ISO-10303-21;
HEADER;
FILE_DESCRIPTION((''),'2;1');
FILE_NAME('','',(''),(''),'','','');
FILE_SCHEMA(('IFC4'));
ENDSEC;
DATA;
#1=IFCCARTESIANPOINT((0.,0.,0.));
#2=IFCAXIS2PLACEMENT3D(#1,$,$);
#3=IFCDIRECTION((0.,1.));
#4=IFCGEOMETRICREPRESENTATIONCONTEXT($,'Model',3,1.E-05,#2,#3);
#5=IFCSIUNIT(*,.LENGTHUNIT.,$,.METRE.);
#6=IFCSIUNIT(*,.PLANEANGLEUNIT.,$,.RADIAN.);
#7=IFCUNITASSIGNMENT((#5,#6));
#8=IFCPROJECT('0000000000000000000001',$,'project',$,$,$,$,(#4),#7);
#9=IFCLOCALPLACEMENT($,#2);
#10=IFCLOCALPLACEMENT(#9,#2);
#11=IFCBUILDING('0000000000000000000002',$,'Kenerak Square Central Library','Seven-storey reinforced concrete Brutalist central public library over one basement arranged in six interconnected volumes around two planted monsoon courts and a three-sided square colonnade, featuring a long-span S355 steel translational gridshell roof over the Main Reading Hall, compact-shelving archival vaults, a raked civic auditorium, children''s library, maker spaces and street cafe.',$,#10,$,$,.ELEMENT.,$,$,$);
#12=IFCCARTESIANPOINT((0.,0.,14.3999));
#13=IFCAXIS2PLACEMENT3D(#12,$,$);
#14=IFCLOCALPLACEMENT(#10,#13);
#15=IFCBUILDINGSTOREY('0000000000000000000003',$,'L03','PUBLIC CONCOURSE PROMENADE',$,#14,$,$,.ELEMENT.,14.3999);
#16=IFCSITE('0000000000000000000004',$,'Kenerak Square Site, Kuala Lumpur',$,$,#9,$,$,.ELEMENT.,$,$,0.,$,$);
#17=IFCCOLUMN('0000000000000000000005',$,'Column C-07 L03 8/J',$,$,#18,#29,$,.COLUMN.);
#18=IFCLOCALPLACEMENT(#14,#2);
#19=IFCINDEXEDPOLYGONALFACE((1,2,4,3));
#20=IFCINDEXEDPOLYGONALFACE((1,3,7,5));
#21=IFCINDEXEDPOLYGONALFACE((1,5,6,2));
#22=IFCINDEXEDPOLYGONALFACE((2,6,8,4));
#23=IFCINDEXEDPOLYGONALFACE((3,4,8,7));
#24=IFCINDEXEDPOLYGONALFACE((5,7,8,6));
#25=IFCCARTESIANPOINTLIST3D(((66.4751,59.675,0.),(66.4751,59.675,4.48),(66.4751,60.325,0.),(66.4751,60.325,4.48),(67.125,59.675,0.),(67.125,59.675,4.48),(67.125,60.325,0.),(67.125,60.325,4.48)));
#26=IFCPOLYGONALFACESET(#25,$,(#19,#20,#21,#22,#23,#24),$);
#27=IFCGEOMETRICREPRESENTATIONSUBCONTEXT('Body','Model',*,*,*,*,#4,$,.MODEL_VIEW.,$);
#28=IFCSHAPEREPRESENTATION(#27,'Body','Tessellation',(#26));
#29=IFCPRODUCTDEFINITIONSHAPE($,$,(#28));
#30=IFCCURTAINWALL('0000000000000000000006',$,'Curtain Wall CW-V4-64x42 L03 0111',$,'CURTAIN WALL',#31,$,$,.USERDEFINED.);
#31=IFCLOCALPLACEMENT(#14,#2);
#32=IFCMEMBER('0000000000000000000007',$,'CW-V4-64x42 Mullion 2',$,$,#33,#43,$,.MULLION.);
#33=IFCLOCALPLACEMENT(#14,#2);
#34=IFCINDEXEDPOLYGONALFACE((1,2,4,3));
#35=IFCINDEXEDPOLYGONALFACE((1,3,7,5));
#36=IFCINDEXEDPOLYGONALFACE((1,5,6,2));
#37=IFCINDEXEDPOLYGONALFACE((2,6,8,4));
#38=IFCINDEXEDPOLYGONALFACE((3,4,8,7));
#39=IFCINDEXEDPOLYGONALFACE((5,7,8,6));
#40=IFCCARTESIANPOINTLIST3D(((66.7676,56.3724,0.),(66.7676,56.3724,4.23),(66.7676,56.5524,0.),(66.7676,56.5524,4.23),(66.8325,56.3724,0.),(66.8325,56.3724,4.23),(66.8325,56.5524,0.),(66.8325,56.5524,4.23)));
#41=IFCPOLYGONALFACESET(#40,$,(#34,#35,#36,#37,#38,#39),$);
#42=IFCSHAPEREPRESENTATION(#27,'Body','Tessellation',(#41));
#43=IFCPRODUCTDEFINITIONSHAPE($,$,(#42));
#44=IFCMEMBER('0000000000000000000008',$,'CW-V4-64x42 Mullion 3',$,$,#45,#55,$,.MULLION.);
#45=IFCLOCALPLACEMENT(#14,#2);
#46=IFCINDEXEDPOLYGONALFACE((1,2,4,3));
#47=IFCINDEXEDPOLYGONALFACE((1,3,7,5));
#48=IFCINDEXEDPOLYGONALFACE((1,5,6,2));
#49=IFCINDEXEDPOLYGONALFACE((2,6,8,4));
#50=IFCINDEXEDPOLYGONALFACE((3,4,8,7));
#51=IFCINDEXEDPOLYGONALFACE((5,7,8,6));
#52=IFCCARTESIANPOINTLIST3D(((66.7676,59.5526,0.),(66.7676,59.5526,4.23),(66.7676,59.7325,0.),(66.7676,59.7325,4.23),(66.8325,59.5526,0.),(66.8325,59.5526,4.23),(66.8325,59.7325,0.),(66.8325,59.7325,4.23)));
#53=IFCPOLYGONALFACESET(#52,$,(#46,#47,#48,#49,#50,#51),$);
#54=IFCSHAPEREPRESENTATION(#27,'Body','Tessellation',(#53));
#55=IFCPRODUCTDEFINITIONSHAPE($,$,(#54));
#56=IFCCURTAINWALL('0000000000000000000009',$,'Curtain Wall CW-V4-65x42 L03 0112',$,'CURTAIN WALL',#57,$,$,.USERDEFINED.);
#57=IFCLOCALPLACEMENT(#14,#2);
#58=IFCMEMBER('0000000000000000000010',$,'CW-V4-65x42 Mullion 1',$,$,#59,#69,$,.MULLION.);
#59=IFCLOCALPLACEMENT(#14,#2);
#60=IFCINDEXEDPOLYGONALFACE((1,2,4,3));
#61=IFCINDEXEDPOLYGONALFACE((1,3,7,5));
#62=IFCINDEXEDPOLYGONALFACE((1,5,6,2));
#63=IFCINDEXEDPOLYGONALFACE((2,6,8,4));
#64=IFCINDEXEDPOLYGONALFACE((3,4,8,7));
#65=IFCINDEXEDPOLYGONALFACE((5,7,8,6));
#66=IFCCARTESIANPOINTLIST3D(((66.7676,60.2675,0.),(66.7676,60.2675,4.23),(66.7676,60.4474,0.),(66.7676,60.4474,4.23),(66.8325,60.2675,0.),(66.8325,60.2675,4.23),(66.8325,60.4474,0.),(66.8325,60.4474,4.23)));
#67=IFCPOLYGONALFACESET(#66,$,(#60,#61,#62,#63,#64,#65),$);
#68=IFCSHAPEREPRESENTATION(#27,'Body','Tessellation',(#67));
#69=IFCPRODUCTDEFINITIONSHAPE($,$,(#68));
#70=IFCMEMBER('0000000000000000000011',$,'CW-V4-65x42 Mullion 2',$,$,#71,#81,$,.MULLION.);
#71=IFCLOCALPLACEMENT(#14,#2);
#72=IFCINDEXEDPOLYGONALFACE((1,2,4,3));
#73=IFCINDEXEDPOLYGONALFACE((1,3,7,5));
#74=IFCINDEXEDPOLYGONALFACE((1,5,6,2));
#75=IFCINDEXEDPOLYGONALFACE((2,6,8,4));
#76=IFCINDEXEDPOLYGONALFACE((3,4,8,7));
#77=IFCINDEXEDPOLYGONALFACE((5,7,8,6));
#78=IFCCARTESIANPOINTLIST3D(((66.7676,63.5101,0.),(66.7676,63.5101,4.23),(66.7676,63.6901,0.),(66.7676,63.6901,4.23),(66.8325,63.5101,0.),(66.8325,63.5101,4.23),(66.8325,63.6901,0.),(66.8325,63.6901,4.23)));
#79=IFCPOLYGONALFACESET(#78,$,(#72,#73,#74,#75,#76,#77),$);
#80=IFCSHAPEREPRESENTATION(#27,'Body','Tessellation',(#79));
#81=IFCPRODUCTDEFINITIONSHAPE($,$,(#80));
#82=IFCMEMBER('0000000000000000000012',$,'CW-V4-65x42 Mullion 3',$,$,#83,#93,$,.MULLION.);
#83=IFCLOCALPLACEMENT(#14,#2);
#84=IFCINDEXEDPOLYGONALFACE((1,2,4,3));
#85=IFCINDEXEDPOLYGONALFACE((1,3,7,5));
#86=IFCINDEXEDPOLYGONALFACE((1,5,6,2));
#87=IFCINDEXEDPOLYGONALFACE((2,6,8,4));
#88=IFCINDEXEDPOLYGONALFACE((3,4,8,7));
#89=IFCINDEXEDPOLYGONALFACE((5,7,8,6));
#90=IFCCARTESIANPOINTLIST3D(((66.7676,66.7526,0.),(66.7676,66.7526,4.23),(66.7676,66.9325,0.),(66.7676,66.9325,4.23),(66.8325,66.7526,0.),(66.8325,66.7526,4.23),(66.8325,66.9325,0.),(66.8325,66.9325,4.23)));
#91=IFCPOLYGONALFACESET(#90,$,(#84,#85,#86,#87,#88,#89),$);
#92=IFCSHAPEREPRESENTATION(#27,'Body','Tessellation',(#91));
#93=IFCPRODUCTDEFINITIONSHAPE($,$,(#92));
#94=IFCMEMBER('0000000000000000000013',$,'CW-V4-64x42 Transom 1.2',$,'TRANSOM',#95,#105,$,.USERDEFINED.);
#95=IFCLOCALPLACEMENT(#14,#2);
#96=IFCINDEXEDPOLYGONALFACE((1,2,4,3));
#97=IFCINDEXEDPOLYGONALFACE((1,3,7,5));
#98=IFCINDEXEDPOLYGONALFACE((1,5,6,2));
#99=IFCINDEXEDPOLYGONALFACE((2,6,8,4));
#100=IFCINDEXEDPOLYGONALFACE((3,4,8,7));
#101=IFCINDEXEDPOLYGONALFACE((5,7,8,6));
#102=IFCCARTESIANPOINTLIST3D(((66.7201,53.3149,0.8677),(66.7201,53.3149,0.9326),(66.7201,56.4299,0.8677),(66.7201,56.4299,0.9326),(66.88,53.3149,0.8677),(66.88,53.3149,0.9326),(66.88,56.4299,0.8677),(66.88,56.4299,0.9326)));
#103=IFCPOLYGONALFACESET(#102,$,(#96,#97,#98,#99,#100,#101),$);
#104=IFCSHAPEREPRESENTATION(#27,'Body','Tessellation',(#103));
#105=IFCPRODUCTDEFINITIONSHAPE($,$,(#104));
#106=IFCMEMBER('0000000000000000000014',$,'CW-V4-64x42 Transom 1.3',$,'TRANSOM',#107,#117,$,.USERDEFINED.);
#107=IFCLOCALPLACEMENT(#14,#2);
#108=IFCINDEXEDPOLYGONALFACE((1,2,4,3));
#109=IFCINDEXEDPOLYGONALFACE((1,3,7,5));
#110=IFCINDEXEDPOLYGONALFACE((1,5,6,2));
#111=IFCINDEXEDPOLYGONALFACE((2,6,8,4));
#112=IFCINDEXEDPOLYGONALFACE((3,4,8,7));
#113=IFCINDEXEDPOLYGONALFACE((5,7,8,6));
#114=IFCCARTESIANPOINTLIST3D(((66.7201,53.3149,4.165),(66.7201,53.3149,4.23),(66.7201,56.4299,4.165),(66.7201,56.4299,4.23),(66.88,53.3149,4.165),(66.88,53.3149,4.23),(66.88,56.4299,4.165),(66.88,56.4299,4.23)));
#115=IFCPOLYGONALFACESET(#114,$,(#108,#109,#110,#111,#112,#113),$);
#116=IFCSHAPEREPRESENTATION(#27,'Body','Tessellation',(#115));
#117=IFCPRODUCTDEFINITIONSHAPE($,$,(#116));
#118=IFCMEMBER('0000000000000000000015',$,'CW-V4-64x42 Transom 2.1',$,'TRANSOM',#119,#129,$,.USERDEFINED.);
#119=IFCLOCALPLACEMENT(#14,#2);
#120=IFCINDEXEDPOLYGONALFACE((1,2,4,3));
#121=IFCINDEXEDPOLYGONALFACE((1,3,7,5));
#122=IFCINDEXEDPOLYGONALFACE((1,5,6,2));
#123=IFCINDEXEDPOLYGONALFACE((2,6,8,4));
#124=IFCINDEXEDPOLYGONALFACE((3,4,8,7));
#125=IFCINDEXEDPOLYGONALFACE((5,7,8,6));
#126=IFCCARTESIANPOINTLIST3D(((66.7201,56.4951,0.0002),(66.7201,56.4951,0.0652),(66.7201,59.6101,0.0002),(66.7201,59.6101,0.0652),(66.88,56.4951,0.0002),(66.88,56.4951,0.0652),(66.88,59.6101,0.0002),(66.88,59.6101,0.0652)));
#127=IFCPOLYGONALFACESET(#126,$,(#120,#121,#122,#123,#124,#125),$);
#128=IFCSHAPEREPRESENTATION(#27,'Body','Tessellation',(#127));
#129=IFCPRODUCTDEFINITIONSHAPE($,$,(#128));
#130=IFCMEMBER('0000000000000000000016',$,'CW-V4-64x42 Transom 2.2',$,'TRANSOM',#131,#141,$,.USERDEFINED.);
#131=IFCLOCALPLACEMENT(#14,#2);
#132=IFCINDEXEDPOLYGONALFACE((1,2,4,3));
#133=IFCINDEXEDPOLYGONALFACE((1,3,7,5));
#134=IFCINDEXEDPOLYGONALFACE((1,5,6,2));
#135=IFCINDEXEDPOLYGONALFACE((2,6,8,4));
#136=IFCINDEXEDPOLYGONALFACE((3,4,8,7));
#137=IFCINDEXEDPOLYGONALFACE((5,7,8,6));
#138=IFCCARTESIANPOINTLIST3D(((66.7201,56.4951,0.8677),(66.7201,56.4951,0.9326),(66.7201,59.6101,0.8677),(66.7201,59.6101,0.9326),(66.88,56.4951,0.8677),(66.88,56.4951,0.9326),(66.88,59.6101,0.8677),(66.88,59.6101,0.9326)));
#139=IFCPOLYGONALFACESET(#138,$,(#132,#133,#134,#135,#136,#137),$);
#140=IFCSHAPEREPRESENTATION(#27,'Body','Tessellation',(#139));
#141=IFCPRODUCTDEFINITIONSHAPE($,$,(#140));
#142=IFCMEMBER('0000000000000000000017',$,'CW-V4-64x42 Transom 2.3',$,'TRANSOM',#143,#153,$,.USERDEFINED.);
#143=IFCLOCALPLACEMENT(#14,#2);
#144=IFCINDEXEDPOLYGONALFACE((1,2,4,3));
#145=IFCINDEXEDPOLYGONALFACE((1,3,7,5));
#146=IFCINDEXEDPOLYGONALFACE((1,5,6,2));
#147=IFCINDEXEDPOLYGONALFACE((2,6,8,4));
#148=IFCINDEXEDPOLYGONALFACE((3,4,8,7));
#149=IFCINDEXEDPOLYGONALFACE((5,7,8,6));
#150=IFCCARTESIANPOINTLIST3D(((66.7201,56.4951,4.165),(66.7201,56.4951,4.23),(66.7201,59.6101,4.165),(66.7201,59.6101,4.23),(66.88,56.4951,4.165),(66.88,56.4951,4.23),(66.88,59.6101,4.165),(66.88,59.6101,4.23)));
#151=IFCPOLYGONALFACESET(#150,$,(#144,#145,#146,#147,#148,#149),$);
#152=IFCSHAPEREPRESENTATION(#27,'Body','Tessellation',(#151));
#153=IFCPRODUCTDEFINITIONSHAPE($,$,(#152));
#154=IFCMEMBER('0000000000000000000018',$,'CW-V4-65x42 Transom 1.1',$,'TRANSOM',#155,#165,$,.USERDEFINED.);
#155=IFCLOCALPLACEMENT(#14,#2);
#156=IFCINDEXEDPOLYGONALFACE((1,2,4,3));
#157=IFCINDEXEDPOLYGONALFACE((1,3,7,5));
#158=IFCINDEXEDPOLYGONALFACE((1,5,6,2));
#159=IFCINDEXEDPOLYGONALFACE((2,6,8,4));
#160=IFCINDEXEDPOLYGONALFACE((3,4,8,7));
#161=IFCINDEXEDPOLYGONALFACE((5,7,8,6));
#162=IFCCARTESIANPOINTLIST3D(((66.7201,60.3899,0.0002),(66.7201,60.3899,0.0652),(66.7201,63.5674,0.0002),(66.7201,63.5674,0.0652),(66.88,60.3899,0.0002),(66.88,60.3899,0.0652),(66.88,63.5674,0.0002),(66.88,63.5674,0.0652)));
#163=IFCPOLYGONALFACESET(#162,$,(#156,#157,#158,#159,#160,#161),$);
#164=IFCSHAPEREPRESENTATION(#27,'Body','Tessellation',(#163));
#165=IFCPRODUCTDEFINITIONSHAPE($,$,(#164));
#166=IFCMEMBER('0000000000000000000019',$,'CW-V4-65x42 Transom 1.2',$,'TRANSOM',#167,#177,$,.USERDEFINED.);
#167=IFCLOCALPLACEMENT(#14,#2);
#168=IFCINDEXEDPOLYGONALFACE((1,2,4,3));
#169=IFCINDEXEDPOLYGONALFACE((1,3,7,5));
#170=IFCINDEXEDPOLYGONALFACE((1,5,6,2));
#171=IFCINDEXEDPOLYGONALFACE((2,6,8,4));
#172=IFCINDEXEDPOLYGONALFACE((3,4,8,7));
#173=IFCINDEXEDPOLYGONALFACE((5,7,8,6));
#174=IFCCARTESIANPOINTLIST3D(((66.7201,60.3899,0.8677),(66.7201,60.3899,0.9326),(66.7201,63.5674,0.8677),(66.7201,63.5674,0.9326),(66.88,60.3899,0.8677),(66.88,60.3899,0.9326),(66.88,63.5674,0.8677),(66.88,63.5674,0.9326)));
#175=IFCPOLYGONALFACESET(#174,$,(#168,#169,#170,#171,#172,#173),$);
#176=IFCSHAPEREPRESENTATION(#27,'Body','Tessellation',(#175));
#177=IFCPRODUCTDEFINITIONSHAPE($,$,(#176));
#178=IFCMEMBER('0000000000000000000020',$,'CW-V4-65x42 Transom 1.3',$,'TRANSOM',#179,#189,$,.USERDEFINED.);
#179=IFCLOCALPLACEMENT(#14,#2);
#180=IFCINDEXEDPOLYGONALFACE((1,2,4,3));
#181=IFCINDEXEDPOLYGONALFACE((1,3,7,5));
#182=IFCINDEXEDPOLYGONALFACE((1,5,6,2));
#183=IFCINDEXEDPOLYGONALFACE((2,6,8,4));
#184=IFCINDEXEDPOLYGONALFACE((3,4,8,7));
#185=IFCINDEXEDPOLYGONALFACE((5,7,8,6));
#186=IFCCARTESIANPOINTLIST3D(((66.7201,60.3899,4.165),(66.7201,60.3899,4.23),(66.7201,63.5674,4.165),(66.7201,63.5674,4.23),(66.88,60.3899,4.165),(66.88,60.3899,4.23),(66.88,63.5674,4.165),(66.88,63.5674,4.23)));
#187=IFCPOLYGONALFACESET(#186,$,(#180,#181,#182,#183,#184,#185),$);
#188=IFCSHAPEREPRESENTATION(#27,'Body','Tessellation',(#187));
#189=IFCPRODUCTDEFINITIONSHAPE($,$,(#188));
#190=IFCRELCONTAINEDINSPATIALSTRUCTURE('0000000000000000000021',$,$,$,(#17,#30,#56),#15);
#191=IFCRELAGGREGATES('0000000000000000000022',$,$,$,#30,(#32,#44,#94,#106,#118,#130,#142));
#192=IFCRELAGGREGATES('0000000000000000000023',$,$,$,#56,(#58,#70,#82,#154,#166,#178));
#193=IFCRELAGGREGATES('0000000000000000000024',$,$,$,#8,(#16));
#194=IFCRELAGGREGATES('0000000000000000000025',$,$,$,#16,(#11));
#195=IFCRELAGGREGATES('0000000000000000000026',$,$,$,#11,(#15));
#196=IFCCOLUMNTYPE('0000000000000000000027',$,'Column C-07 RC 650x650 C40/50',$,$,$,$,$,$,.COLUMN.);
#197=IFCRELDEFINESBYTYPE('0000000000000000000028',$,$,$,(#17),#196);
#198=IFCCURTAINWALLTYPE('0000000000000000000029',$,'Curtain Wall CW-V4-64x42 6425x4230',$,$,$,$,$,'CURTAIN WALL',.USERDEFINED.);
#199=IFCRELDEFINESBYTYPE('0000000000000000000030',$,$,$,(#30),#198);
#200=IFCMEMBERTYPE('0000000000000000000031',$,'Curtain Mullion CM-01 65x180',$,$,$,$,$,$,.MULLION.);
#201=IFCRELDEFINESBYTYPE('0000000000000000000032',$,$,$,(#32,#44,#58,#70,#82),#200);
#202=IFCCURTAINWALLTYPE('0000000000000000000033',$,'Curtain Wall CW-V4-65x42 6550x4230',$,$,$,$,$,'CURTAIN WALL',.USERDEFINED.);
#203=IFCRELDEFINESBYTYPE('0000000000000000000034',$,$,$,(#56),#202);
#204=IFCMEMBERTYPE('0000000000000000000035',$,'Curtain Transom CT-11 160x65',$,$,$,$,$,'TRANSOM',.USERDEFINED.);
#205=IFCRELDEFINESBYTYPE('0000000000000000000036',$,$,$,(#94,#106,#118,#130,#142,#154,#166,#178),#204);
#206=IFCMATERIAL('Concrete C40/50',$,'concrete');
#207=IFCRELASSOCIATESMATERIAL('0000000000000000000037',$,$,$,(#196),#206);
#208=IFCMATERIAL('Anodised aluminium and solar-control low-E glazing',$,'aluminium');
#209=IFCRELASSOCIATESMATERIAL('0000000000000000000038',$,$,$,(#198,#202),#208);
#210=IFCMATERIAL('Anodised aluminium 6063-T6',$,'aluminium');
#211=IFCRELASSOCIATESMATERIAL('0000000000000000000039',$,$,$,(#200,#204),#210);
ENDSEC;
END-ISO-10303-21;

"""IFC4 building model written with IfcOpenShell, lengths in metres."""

from ifc_helpers import new_model, si_unit, direction, frame, origin, origin_2d, place, context, subcontext, project, spatial, rectangle, extrude, material, material_profile, profile_set, type_object, element, aggregate, save


model = new_model("IFC4")

# Units and contexts
model_context = context("Model", 3, precision=1e-05, world=origin(), true_north=direction((0.0, 1.0)))
body_context = subcontext(model_context, "Body", "Model", "MODEL_VIEW")
ifc_project = project(units=[si_unit("LENGTHUNIT", "METRE"), si_unit("PLANEANGLEUNIT", "RADIAN")], contexts=[model_context])

# Site, building, storey
site_placement = place(None, origin())
site = spatial("IfcSite", under=ifc_project, at=site_placement, Name="Kenerak Square Site, Kuala Lumpur", CompositionType="ELEMENT", RefElevation=0.0)
building_placement = place(site_placement, origin())
building = spatial("IfcBuilding", under=site, at=building_placement, Name="Kenerak Square Central Library", Description="Seven-storey reinforced concrete Brutalist central public library over one basement arranged in six interconnected volumes around two planted monsoon courts and a three-sided square colonnade, featuring a long-span S355 steel translational gridshell roof over the Main Reading Hall, compact-shelving archival vaults, a raked civic auditorium, children's library, maker spaces and street cafe.", CompositionType="ELEMENT")
storey_placement = place(building_placement, frame((0.0, 0.0, 14.3999)))
storey = spatial("IfcBuildingStorey", under=building, at=storey_placement, Name="L03", Description="PUBLIC CONCOURSE PROMENADE", CompositionType="ELEMENT", Elevation=14.3999)

# Column
ifc_material_1 = material(Name="Concrete C40/50", Category="concrete")
ifc_material_profile_1 = material_profile(ifc_material_1, rectangle(XDim=0.6499, YDim=0.6499, at=origin_2d()), Name="RC 650x650")
ifc_profile_set_1 = profile_set([ifc_material_profile_1], Name="Concrete C40/50")
column_type = type_object("IfcColumnType", Name="Column C-07 RC 650x650 C40/50", PredefinedType="COLUMN", material=ifc_profile_set_1)
column_placement = place(storey_placement, frame((66.8, 60.0, 0.0), z_axis=(0.0, 0.0, 1.0), x_axis=(1.0, 0.0, 0.0)))
element("IfcColumn", 1, at=column_placement, inside=storey, type_object=column_type, Name="Column C-07 L03 8/J", PredefinedType="COLUMN", context=body_context, shape_type="SweptSolid", body=[
    extrude(rectangle(XDim=0.6499, YDim=0.6499, at=origin_2d()), origin(), (0.0, 0.0, 1.0), 4.48),
])

# Curtain walls, members
ifc_material_2 = material(Name="Anodised aluminium and solar-control low-E glazing", Category="aluminium")
curtain_wall_type_1 = type_object("IfcCurtainWallType", Name="Curtain Wall CW-V4-64x42 6425x4230", ElementType="CURTAIN WALL", PredefinedType="USERDEFINED", material=ifc_material_2)
curtain_wall_1_placement = place(storey_placement, origin())
curtain_wall_1 = element("IfcCurtainWall", 2, at=curtain_wall_1_placement, inside=storey, type_object=curtain_wall_type_1, Name="Curtain Wall CW-V4-64x42 L03 0111", ObjectType="CURTAIN WALL", PredefinedType="USERDEFINED")
ifc_material_3 = material(Name="Anodised aluminium 6063-T6", Category="aluminium")
ifc_material_profile_2 = material_profile(ifc_material_3, rectangle(XDim=0.0649, YDim=0.1799, at=origin_2d()), Name="AL MULLION 65x180")
ifc_profile_set_2 = profile_set([ifc_material_profile_2], Name="Anodised aluminium 6063-T6")
member_type_1 = type_object("IfcMemberType", Name="Curtain Mullion CM-01 65x180", PredefinedType="MULLION", material=ifc_profile_set_2)
member_1_placement = place(storey_placement, frame((66.8, 56.4624, 0.0), z_axis=(0.0, 0.0, 1.0), x_axis=(-1.0, 0.0, 0.0)))
member_1 = element("IfcMember", 3, at=member_1_placement, type_object=member_type_1, Name="CW-V4-64x42 Mullion 2", PredefinedType="MULLION", context=body_context, shape_type="SweptSolid", body=[
    extrude(rectangle(XDim=0.0649, YDim=0.1799, at=origin_2d()), origin(), (0.0, 0.0, 1.0), 4.23),
])
member_2_placement = place(storey_placement, frame((66.8, 59.6426, 0.0), z_axis=(0.0, 0.0, 1.0), x_axis=(-1.0, 0.0, 0.0)))
member_2 = element("IfcMember", 4, at=member_2_placement, type_object=member_type_1, Name="CW-V4-64x42 Mullion 3", PredefinedType="MULLION", context=body_context, shape_type="SweptSolid", body=[
    extrude(rectangle(XDim=0.0649, YDim=0.1799, at=origin_2d()), origin(), (0.0, 0.0, 1.0), 4.23),
])
curtain_wall_type_2 = type_object("IfcCurtainWallType", Name="Curtain Wall CW-V4-65x42 6550x4230", ElementType="CURTAIN WALL", PredefinedType="USERDEFINED", material=ifc_material_2)
curtain_wall_2_placement = place(storey_placement, origin())
curtain_wall_2 = element("IfcCurtainWall", 5, at=curtain_wall_2_placement, inside=storey, type_object=curtain_wall_type_2, Name="Curtain Wall CW-V4-65x42 L03 0112", ObjectType="CURTAIN WALL", PredefinedType="USERDEFINED")
member_3_placement = place(storey_placement, frame((66.8, 60.3574, 0.0), z_axis=(0.0, 0.0, 1.0), x_axis=(-1.0, 0.0, 0.0)))
member_3 = element("IfcMember", 6, at=member_3_placement, type_object=member_type_1, Name="CW-V4-65x42 Mullion 1", PredefinedType="MULLION", context=body_context, shape_type="SweptSolid", body=[
    extrude(rectangle(XDim=0.0649, YDim=0.1799, at=origin_2d()), origin(), (0.0, 0.0, 1.0), 4.23),
])
member_4_placement = place(storey_placement, frame((66.8, 63.6001, 0.0), z_axis=(0.0, 0.0, 1.0), x_axis=(-1.0, 0.0, 0.0)))
member_4 = element("IfcMember", 7, at=member_4_placement, type_object=member_type_1, Name="CW-V4-65x42 Mullion 2", PredefinedType="MULLION", context=body_context, shape_type="SweptSolid", body=[
    extrude(rectangle(XDim=0.0649, YDim=0.1799, at=origin_2d()), origin(), (0.0, 0.0, 1.0), 4.23),
])
member_5_placement = place(storey_placement, frame((66.8, 66.8425, 0.0), z_axis=(0.0, 0.0, 1.0), x_axis=(-1.0, 0.0, 0.0)))
member_5 = element("IfcMember", 8, at=member_5_placement, type_object=member_type_1, Name="CW-V4-65x42 Mullion 3", PredefinedType="MULLION", context=body_context, shape_type="SweptSolid", body=[
    extrude(rectangle(XDim=0.0649, YDim=0.1799, at=origin_2d()), origin(), (0.0, 0.0, 1.0), 4.23),
])

# Members
ifc_material_profile_3 = material_profile(ifc_material_3, rectangle(XDim=0.1599, YDim=0.0649, at=origin_2d()), Name="AL TRANSOM 160x65")
ifc_profile_set_3 = profile_set([ifc_material_profile_3], Name="Anodised aluminium 6063-T6")
member_type_2 = type_object("IfcMemberType", Name="Curtain Transom CT-11 160x65", ElementType="TRANSOM", PredefinedType="USERDEFINED", material=ifc_profile_set_3)
member_6_placement = place(storey_placement, frame((66.8, 53.3149, 0.9001), z_axis=(0.0, 1.0, 0.0), x_axis=(-1.0, 0.0, 0.0)))
member_6 = element("IfcMember", 9, at=member_6_placement, type_object=member_type_2, Name="CW-V4-64x42 Transom 1.2", ObjectType="TRANSOM", PredefinedType="USERDEFINED", context=body_context, shape_type="SweptSolid", body=[
    extrude(rectangle(XDim=0.1599, YDim=0.0649, at=origin_2d()), origin(), (0.0, 0.0, 1.0), 3.115),
])
member_7_placement = place(storey_placement, frame((66.8, 53.3149, 4.1975), z_axis=(0.0, 1.0, 0.0), x_axis=(-1.0, 0.0, 0.0)))
member_7 = element("IfcMember", 10, at=member_7_placement, type_object=member_type_2, Name="CW-V4-64x42 Transom 1.3", ObjectType="TRANSOM", PredefinedType="USERDEFINED", context=body_context, shape_type="SweptSolid", body=[
    extrude(rectangle(XDim=0.1599, YDim=0.0649, at=origin_2d()), origin(), (0.0, 0.0, 1.0), 3.115),
])
member_8_placement = place(storey_placement, frame((66.8, 56.4951, 0.0327), z_axis=(0.0, 1.0, 0.0), x_axis=(-1.0, 0.0, 0.0)))
member_8 = element("IfcMember", 11, at=member_8_placement, type_object=member_type_2, Name="CW-V4-64x42 Transom 2.1", ObjectType="TRANSOM", PredefinedType="USERDEFINED", context=body_context, shape_type="SweptSolid", body=[
    extrude(rectangle(XDim=0.1599, YDim=0.0649, at=origin_2d()), origin(), (0.0, 0.0, 1.0), 3.115),
])
member_9_placement = place(storey_placement, frame((66.8, 56.4951, 0.9001), z_axis=(0.0, 1.0, 0.0), x_axis=(-1.0, 0.0, 0.0)))
member_9 = element("IfcMember", 12, at=member_9_placement, type_object=member_type_2, Name="CW-V4-64x42 Transom 2.2", ObjectType="TRANSOM", PredefinedType="USERDEFINED", context=body_context, shape_type="SweptSolid", body=[
    extrude(rectangle(XDim=0.1599, YDim=0.0649, at=origin_2d()), origin(), (0.0, 0.0, 1.0), 3.115),
])
member_10_placement = place(storey_placement, frame((66.8, 56.4951, 4.1975), z_axis=(0.0, 1.0, 0.0), x_axis=(-1.0, 0.0, 0.0)))
member_10 = element("IfcMember", 13, at=member_10_placement, type_object=member_type_2, Name="CW-V4-64x42 Transom 2.3", ObjectType="TRANSOM", PredefinedType="USERDEFINED", context=body_context, shape_type="SweptSolid", body=[
    extrude(rectangle(XDim=0.1599, YDim=0.0649, at=origin_2d()), origin(), (0.0, 0.0, 1.0), 3.115),
])
member_11_placement = place(storey_placement, frame((66.8, 60.3899, 0.0327), z_axis=(0.0, 1.0, 0.0), x_axis=(-1.0, 0.0, 0.0)))
member_11 = element("IfcMember", 14, at=member_11_placement, type_object=member_type_2, Name="CW-V4-65x42 Transom 1.1", ObjectType="TRANSOM", PredefinedType="USERDEFINED", context=body_context, shape_type="SweptSolid", body=[
    extrude(rectangle(XDim=0.1599, YDim=0.0649, at=origin_2d()), origin(), (0.0, 0.0, 1.0), 3.1775),
])
member_12_placement = place(storey_placement, frame((66.8, 60.3899, 0.9001), z_axis=(0.0, 1.0, 0.0), x_axis=(-1.0, 0.0, 0.0)))
member_12 = element("IfcMember", 15, at=member_12_placement, type_object=member_type_2, Name="CW-V4-65x42 Transom 1.2", ObjectType="TRANSOM", PredefinedType="USERDEFINED", context=body_context, shape_type="SweptSolid", body=[
    extrude(rectangle(XDim=0.1599, YDim=0.0649, at=origin_2d()), origin(), (0.0, 0.0, 1.0), 3.1775),
])
member_13_placement = place(storey_placement, frame((66.8, 60.3899, 4.1975), z_axis=(0.0, 1.0, 0.0), x_axis=(-1.0, 0.0, 0.0)))
member_13 = element("IfcMember", 16, at=member_13_placement, type_object=member_type_2, Name="CW-V4-65x42 Transom 1.3", ObjectType="TRANSOM", PredefinedType="USERDEFINED", context=body_context, shape_type="SweptSolid", body=[
    extrude(rectangle(XDim=0.1599, YDim=0.0649, at=origin_2d()), origin(), (0.0, 0.0, 1.0), 3.1775),
])

aggregate(curtain_wall_1, [member_1, member_2, member_6, member_7, member_8, member_9, member_10])
aggregate(curtain_wall_2, [member_3, member_4, member_5, member_11, member_12, member_13])

save(model, "model.ifc")
